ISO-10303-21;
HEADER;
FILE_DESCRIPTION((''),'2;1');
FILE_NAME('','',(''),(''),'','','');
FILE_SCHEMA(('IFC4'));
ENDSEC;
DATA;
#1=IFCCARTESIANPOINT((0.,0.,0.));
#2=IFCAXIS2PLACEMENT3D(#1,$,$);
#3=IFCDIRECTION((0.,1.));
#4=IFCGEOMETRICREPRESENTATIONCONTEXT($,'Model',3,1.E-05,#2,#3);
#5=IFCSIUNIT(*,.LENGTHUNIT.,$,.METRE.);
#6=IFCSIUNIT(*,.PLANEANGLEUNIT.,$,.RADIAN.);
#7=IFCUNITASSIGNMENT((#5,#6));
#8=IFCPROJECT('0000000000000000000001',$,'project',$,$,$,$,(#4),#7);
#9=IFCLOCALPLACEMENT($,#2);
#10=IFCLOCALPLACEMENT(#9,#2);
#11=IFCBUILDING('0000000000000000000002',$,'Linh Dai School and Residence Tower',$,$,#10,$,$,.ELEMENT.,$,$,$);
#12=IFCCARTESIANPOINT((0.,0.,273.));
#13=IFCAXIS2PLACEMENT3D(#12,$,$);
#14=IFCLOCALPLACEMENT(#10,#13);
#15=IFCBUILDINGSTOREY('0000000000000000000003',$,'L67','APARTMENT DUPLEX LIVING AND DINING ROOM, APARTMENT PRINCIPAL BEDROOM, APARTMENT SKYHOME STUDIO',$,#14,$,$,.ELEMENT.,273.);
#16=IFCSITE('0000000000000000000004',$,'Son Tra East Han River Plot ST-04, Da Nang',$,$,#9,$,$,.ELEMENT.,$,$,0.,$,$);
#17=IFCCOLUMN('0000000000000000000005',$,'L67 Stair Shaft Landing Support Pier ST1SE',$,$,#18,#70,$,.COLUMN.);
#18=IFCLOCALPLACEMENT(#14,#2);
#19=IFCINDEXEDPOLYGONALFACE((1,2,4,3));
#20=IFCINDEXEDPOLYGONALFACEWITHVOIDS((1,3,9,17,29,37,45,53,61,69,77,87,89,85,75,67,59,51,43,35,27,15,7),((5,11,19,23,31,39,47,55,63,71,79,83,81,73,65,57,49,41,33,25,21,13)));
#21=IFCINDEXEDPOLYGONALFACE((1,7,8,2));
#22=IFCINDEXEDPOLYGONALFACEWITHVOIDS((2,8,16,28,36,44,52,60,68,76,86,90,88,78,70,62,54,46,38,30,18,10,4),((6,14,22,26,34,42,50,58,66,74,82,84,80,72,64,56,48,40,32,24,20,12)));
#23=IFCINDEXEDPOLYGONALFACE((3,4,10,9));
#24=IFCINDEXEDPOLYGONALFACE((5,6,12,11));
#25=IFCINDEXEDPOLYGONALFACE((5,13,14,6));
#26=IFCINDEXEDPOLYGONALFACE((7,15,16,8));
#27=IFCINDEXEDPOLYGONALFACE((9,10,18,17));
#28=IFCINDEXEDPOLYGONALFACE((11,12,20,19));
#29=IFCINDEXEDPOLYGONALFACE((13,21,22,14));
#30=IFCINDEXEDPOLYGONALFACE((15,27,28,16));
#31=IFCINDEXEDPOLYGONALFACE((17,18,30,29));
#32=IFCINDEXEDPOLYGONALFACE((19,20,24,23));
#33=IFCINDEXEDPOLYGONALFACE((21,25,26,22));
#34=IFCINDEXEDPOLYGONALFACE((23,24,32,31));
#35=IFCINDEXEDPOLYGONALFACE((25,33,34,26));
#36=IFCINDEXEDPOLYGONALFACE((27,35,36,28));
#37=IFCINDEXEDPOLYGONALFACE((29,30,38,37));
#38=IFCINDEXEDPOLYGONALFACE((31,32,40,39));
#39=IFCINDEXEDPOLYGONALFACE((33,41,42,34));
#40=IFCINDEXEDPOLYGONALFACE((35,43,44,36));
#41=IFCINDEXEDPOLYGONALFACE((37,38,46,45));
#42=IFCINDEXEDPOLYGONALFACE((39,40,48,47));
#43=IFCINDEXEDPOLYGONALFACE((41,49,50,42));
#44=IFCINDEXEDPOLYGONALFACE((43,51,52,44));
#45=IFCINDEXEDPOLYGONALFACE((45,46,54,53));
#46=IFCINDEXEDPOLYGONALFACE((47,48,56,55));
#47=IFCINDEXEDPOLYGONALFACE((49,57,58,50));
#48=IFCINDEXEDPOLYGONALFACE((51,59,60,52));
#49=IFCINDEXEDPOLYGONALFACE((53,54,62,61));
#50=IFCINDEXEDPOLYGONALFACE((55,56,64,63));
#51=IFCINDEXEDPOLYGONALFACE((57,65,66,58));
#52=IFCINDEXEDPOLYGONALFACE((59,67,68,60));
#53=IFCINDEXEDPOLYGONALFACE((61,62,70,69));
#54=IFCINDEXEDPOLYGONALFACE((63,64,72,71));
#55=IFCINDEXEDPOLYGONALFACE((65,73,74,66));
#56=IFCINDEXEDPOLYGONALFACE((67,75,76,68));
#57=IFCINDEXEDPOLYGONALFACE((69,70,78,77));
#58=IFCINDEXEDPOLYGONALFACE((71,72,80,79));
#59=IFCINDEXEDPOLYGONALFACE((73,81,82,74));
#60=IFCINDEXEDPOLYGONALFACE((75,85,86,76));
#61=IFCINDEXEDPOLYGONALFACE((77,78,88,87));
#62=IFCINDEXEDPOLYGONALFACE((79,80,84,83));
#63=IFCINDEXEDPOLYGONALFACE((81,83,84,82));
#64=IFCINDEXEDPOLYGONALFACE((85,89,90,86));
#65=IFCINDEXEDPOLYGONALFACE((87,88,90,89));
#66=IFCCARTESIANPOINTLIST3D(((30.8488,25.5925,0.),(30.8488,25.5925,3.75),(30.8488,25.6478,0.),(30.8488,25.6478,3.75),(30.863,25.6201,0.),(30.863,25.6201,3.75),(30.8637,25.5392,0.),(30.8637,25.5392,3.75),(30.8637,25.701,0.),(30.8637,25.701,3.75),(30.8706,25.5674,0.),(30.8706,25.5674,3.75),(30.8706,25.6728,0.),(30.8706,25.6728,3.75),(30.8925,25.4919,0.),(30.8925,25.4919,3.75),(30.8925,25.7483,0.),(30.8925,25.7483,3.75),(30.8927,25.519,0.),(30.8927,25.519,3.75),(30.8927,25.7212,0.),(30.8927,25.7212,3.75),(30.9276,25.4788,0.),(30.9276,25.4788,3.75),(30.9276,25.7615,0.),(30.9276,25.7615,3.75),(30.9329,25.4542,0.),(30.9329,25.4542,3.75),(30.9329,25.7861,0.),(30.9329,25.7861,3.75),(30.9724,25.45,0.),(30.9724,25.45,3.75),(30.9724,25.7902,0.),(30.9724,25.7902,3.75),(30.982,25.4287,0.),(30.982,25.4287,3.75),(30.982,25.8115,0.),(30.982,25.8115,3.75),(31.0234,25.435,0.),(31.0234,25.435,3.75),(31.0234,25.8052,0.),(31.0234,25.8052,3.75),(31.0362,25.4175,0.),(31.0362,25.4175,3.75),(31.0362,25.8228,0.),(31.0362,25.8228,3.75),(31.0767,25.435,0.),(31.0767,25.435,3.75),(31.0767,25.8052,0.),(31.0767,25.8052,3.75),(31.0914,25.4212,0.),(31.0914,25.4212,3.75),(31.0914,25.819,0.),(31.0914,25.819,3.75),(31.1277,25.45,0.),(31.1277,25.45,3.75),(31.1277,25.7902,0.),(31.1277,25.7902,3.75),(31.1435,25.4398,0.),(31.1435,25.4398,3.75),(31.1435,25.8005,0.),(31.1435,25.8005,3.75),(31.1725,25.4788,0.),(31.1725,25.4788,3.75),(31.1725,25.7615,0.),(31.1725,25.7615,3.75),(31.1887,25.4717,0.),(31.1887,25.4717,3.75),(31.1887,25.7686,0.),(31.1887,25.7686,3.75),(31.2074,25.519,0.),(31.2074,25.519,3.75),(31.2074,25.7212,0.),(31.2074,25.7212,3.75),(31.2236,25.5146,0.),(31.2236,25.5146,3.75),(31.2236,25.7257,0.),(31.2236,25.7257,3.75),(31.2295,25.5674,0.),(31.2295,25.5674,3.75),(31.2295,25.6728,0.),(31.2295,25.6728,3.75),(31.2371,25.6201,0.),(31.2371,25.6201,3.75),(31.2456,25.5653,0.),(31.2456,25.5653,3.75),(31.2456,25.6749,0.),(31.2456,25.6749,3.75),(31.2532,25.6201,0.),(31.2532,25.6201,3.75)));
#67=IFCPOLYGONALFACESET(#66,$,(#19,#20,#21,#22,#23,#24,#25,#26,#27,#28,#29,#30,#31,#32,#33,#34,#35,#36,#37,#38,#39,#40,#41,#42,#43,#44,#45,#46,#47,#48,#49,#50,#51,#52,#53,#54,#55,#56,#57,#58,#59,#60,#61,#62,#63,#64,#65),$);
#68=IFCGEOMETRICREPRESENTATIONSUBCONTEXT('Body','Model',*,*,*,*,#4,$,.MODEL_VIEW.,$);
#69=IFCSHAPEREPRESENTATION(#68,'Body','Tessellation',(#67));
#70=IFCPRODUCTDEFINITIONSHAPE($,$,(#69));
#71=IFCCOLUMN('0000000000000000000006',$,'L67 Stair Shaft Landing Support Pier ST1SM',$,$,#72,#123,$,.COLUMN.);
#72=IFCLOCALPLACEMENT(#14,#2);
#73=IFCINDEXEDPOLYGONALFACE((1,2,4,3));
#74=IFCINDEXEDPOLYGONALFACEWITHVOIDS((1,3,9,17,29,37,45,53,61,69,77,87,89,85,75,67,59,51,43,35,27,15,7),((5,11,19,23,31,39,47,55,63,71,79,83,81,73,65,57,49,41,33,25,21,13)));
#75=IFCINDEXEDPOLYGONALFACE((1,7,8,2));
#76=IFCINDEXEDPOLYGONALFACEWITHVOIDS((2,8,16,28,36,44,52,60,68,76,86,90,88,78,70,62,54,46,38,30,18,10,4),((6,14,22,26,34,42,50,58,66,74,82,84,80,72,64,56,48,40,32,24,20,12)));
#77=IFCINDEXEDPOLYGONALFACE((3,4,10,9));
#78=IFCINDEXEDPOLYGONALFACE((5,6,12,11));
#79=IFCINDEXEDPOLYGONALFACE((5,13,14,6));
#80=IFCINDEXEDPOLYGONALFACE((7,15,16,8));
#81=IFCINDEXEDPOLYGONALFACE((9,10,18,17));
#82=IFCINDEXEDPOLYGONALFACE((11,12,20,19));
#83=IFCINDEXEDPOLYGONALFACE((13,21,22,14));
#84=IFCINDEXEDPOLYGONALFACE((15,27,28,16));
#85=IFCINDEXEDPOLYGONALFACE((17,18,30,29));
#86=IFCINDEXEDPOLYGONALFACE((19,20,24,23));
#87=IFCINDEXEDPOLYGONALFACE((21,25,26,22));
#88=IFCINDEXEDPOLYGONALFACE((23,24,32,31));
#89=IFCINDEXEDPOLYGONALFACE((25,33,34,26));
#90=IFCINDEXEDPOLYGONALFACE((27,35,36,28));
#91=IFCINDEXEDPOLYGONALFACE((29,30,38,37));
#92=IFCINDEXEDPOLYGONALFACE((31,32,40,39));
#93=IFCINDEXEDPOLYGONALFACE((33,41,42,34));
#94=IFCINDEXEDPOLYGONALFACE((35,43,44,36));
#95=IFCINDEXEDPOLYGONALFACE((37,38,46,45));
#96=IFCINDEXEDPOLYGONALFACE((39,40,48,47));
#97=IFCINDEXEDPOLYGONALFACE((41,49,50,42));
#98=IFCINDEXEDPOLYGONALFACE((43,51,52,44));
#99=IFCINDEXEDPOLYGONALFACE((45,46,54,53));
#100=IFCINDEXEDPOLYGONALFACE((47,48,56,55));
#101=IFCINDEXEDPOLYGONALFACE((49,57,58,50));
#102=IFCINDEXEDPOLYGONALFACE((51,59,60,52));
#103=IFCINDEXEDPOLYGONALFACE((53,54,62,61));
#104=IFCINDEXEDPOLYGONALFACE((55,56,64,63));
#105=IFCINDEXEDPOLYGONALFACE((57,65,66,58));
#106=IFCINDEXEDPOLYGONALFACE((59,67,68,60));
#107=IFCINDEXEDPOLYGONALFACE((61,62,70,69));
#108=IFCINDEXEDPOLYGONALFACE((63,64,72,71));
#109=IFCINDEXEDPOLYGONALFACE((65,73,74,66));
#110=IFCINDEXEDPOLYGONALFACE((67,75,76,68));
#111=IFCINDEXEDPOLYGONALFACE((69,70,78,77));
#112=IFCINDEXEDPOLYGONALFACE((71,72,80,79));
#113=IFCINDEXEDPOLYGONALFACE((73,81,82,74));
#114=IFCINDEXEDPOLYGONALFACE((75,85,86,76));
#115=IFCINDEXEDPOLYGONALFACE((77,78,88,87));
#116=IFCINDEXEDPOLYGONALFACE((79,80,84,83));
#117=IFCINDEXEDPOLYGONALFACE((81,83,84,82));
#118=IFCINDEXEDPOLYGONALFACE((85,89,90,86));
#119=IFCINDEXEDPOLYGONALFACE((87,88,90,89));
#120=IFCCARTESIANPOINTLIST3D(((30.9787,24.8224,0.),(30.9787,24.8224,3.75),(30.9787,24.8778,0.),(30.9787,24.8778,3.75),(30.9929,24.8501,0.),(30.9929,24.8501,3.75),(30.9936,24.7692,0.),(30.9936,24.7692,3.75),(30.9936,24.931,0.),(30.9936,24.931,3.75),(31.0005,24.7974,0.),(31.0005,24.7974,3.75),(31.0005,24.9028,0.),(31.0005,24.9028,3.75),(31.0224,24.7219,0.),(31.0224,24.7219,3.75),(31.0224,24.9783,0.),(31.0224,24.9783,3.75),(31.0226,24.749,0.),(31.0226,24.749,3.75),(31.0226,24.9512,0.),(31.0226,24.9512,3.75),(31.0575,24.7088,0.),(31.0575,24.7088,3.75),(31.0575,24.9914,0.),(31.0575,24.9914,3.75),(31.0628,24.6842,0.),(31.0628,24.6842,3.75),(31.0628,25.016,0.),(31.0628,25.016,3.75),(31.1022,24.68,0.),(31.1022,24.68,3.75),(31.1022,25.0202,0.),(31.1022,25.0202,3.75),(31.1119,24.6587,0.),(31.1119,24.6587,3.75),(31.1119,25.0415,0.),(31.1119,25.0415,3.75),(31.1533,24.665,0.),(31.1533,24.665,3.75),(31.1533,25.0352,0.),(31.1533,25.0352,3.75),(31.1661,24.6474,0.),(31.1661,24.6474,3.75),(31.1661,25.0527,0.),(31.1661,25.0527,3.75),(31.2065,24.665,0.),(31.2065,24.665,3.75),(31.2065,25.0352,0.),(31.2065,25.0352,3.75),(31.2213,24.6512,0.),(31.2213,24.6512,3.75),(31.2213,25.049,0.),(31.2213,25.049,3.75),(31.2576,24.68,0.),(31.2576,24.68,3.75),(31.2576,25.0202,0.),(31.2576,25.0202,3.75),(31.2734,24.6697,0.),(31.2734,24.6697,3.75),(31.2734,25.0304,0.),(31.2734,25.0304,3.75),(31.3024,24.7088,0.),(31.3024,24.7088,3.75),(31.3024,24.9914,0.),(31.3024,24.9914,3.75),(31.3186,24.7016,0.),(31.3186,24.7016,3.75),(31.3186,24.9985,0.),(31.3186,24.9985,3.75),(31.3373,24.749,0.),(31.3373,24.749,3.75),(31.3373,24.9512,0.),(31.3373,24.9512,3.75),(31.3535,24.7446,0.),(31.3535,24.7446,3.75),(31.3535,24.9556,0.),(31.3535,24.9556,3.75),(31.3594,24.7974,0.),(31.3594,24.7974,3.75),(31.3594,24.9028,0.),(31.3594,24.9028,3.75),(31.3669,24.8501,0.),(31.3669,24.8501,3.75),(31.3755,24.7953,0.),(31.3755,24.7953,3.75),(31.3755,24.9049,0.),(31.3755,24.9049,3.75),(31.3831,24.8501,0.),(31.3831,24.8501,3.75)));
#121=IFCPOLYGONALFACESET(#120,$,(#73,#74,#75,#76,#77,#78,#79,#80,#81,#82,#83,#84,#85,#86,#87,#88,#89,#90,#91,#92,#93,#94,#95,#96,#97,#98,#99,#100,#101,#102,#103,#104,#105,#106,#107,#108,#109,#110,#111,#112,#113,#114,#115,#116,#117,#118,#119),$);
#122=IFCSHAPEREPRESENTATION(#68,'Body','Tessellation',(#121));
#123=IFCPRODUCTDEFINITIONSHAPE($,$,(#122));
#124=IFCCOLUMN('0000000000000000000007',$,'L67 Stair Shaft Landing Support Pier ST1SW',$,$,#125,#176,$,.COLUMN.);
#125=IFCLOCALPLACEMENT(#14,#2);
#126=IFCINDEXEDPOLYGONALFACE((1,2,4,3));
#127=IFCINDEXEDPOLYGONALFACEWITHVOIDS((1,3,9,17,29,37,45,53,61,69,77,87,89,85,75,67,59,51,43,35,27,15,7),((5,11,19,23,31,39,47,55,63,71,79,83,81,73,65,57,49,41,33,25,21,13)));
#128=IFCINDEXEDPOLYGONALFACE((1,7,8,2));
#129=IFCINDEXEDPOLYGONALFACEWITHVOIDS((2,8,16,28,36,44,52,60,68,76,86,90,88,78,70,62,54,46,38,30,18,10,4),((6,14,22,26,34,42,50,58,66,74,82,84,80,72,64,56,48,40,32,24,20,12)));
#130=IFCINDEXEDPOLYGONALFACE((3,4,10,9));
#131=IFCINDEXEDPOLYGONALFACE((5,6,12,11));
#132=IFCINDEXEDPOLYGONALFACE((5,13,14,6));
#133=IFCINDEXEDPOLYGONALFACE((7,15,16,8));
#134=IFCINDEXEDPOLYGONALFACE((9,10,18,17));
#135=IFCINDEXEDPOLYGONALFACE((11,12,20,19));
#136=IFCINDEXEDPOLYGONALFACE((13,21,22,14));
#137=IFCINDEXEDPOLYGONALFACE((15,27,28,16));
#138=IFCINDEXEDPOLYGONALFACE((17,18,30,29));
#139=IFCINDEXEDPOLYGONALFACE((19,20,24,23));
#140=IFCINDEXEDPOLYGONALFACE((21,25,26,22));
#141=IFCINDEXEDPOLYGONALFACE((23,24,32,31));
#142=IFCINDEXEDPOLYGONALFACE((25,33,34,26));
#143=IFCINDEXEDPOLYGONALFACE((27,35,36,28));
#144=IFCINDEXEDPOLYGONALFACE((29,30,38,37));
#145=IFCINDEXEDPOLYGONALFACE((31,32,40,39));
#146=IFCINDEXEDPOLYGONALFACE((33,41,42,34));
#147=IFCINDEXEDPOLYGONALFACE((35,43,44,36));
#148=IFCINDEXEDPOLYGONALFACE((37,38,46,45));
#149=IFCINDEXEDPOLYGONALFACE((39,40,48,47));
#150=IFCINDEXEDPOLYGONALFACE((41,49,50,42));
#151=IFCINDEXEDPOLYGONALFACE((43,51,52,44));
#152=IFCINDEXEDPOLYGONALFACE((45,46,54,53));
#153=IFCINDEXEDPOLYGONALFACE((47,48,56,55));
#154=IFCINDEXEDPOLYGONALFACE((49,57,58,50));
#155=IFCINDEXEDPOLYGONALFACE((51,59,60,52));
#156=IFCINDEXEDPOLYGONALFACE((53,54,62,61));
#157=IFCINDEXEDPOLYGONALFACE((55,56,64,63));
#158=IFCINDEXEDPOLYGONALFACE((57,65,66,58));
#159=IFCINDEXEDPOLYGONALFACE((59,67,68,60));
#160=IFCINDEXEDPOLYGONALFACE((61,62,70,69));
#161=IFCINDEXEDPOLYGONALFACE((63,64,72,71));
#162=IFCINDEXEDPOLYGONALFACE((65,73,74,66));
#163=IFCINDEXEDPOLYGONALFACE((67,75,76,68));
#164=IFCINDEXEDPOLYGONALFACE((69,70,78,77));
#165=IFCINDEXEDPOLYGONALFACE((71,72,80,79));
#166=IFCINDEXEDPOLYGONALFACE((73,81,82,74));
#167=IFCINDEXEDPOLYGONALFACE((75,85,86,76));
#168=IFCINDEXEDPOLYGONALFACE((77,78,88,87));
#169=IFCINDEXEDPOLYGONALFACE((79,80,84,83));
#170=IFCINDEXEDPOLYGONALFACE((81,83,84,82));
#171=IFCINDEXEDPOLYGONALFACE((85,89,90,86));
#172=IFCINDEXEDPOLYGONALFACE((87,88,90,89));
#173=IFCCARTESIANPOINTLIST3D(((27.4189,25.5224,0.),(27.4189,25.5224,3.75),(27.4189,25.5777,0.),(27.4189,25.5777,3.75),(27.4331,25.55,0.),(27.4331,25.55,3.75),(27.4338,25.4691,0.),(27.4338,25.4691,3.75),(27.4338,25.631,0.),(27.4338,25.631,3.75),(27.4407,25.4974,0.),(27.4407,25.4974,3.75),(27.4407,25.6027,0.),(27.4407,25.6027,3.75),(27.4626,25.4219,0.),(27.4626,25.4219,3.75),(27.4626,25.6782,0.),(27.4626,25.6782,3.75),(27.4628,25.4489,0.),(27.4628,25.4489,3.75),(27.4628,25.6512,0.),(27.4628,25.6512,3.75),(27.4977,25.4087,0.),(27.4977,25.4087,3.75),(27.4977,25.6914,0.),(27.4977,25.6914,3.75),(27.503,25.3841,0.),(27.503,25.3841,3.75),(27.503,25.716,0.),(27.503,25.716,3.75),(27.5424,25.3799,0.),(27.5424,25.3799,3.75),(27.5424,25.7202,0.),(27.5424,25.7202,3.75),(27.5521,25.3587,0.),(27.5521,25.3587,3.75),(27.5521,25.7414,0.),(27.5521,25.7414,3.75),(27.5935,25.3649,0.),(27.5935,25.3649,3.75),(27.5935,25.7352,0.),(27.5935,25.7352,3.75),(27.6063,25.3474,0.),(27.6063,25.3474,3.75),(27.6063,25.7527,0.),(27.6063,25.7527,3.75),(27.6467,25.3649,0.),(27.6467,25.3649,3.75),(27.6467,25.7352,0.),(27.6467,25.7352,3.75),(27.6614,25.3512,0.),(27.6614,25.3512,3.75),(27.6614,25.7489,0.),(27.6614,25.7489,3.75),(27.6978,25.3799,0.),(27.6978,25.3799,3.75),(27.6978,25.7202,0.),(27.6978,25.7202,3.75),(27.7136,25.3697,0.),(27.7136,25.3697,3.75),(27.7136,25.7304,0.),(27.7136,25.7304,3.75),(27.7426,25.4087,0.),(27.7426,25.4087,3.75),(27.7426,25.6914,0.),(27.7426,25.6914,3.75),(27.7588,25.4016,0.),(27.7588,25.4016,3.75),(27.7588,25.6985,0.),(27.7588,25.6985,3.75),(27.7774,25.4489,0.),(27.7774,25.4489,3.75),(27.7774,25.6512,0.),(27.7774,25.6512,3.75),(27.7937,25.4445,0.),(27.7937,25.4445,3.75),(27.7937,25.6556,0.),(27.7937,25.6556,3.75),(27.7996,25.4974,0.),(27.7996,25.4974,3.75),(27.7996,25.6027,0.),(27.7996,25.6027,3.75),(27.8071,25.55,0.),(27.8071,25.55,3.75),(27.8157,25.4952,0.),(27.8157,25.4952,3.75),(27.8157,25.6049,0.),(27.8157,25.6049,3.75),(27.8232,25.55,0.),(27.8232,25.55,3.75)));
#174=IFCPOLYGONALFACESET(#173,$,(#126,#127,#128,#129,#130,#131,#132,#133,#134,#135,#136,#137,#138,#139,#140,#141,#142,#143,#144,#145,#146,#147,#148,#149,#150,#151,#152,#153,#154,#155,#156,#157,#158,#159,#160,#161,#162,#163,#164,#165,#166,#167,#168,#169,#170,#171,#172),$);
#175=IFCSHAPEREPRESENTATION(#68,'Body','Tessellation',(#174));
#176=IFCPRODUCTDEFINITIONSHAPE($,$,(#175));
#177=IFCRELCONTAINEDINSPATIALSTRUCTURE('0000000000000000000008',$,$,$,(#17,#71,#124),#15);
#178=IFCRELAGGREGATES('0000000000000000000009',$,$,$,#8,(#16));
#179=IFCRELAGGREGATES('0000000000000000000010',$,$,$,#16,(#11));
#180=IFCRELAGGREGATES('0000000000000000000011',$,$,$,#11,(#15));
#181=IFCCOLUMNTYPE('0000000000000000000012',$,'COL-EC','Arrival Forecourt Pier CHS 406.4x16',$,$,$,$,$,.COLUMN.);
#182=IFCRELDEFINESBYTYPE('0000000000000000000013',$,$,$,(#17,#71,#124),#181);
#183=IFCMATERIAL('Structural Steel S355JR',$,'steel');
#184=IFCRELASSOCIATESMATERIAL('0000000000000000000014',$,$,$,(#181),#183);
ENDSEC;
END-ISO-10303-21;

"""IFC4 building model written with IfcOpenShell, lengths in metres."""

from ifc_helpers import new_model, si_unit, direction, frame, origin, origin_2d, place, context, subcontext, project, spatial, hollow_circle, extrude, material, material_profile, profile_set, type_object, element, save


model = new_model("IFC4")

# Units and contexts
model_context = context("Model", 3, precision=1e-05, world=origin(), true_north=direction((0.0, 1.0)))
body_context = subcontext(model_context, "Body", "Model", "MODEL_VIEW")
ifc_project = project(units=[si_unit("LENGTHUNIT", "METRE"), si_unit("PLANEANGLEUNIT", "RADIAN")], contexts=[model_context])

# Site, building, storey
site_placement = place(None, origin())
site = spatial("IfcSite", under=ifc_project, at=site_placement, Name="Son Tra East Han River Plot ST-04, Da Nang", CompositionType="ELEMENT", RefElevation=0.0)
building_placement = place(site_placement, origin())
building = spatial("IfcBuilding", under=site, at=building_placement, Name="Linh Dai School and Residence Tower", CompositionType="ELEMENT")
storey_placement = place(building_placement, frame((0.0, 0.0, 273.0)))
storey = spatial("IfcBuildingStorey", under=building, at=storey_placement, Name="L67", Description="APARTMENT DUPLEX LIVING AND DINING ROOM, APARTMENT PRINCIPAL BEDROOM, APARTMENT SKYHOME STUDIO", CompositionType="ELEMENT", Elevation=273.0)

# Columns
ifc_material_1 = material(Name="Structural Steel S355JR", Category="steel")
ifc_material_profile_1 = material_profile(ifc_material_1, hollow_circle(Radius=0.2031, WallThickness=0.0161, at=origin_2d()), Name="CHS 406.4x16")
ifc_profile_set_1 = profile_set([ifc_material_profile_1], Name="Structural Steel S355JR")
column_type = type_object("IfcColumnType", Name="COL-EC", Description="Arrival Forecourt Pier CHS 406.4x16", PredefinedType="COLUMN", material=ifc_profile_set_1)
for number, where, z_axis, x_axis, name in (
    (1, (31.05, 25.6201, 0.0), (0.0, 0.0, 1.0), (1.0, 0.0, 0.0), "L67 Stair Shaft Landing Support Pier ST1SE"),
    (2, (31.1799, 24.8501, 0.0), (0.0, 0.0, 1.0), (1.0, 0.0, 0.0), "L67 Stair Shaft Landing Support Pier ST1SM"),
    (3, (27.6201, 25.55, 0.0), (0.0, 0.0, 1.0), (1.0, 0.0, 0.0), "L67 Stair Shaft Landing Support Pier ST1SW"),
):
    element("IfcColumn", number, at=place(storey_placement, frame(where, z_axis=z_axis, x_axis=x_axis)), inside=storey, type_object=column_type, Name=name, PredefinedType="COLUMN", context=body_context, shape_type="SweptSolid", body=[
        extrude(hollow_circle(Radius=0.2031, WallThickness=0.0161, at=origin_2d()), origin(), (0.0, 0.0, 1.0), 3.75),
    ])

save(model, "model.ifc")
